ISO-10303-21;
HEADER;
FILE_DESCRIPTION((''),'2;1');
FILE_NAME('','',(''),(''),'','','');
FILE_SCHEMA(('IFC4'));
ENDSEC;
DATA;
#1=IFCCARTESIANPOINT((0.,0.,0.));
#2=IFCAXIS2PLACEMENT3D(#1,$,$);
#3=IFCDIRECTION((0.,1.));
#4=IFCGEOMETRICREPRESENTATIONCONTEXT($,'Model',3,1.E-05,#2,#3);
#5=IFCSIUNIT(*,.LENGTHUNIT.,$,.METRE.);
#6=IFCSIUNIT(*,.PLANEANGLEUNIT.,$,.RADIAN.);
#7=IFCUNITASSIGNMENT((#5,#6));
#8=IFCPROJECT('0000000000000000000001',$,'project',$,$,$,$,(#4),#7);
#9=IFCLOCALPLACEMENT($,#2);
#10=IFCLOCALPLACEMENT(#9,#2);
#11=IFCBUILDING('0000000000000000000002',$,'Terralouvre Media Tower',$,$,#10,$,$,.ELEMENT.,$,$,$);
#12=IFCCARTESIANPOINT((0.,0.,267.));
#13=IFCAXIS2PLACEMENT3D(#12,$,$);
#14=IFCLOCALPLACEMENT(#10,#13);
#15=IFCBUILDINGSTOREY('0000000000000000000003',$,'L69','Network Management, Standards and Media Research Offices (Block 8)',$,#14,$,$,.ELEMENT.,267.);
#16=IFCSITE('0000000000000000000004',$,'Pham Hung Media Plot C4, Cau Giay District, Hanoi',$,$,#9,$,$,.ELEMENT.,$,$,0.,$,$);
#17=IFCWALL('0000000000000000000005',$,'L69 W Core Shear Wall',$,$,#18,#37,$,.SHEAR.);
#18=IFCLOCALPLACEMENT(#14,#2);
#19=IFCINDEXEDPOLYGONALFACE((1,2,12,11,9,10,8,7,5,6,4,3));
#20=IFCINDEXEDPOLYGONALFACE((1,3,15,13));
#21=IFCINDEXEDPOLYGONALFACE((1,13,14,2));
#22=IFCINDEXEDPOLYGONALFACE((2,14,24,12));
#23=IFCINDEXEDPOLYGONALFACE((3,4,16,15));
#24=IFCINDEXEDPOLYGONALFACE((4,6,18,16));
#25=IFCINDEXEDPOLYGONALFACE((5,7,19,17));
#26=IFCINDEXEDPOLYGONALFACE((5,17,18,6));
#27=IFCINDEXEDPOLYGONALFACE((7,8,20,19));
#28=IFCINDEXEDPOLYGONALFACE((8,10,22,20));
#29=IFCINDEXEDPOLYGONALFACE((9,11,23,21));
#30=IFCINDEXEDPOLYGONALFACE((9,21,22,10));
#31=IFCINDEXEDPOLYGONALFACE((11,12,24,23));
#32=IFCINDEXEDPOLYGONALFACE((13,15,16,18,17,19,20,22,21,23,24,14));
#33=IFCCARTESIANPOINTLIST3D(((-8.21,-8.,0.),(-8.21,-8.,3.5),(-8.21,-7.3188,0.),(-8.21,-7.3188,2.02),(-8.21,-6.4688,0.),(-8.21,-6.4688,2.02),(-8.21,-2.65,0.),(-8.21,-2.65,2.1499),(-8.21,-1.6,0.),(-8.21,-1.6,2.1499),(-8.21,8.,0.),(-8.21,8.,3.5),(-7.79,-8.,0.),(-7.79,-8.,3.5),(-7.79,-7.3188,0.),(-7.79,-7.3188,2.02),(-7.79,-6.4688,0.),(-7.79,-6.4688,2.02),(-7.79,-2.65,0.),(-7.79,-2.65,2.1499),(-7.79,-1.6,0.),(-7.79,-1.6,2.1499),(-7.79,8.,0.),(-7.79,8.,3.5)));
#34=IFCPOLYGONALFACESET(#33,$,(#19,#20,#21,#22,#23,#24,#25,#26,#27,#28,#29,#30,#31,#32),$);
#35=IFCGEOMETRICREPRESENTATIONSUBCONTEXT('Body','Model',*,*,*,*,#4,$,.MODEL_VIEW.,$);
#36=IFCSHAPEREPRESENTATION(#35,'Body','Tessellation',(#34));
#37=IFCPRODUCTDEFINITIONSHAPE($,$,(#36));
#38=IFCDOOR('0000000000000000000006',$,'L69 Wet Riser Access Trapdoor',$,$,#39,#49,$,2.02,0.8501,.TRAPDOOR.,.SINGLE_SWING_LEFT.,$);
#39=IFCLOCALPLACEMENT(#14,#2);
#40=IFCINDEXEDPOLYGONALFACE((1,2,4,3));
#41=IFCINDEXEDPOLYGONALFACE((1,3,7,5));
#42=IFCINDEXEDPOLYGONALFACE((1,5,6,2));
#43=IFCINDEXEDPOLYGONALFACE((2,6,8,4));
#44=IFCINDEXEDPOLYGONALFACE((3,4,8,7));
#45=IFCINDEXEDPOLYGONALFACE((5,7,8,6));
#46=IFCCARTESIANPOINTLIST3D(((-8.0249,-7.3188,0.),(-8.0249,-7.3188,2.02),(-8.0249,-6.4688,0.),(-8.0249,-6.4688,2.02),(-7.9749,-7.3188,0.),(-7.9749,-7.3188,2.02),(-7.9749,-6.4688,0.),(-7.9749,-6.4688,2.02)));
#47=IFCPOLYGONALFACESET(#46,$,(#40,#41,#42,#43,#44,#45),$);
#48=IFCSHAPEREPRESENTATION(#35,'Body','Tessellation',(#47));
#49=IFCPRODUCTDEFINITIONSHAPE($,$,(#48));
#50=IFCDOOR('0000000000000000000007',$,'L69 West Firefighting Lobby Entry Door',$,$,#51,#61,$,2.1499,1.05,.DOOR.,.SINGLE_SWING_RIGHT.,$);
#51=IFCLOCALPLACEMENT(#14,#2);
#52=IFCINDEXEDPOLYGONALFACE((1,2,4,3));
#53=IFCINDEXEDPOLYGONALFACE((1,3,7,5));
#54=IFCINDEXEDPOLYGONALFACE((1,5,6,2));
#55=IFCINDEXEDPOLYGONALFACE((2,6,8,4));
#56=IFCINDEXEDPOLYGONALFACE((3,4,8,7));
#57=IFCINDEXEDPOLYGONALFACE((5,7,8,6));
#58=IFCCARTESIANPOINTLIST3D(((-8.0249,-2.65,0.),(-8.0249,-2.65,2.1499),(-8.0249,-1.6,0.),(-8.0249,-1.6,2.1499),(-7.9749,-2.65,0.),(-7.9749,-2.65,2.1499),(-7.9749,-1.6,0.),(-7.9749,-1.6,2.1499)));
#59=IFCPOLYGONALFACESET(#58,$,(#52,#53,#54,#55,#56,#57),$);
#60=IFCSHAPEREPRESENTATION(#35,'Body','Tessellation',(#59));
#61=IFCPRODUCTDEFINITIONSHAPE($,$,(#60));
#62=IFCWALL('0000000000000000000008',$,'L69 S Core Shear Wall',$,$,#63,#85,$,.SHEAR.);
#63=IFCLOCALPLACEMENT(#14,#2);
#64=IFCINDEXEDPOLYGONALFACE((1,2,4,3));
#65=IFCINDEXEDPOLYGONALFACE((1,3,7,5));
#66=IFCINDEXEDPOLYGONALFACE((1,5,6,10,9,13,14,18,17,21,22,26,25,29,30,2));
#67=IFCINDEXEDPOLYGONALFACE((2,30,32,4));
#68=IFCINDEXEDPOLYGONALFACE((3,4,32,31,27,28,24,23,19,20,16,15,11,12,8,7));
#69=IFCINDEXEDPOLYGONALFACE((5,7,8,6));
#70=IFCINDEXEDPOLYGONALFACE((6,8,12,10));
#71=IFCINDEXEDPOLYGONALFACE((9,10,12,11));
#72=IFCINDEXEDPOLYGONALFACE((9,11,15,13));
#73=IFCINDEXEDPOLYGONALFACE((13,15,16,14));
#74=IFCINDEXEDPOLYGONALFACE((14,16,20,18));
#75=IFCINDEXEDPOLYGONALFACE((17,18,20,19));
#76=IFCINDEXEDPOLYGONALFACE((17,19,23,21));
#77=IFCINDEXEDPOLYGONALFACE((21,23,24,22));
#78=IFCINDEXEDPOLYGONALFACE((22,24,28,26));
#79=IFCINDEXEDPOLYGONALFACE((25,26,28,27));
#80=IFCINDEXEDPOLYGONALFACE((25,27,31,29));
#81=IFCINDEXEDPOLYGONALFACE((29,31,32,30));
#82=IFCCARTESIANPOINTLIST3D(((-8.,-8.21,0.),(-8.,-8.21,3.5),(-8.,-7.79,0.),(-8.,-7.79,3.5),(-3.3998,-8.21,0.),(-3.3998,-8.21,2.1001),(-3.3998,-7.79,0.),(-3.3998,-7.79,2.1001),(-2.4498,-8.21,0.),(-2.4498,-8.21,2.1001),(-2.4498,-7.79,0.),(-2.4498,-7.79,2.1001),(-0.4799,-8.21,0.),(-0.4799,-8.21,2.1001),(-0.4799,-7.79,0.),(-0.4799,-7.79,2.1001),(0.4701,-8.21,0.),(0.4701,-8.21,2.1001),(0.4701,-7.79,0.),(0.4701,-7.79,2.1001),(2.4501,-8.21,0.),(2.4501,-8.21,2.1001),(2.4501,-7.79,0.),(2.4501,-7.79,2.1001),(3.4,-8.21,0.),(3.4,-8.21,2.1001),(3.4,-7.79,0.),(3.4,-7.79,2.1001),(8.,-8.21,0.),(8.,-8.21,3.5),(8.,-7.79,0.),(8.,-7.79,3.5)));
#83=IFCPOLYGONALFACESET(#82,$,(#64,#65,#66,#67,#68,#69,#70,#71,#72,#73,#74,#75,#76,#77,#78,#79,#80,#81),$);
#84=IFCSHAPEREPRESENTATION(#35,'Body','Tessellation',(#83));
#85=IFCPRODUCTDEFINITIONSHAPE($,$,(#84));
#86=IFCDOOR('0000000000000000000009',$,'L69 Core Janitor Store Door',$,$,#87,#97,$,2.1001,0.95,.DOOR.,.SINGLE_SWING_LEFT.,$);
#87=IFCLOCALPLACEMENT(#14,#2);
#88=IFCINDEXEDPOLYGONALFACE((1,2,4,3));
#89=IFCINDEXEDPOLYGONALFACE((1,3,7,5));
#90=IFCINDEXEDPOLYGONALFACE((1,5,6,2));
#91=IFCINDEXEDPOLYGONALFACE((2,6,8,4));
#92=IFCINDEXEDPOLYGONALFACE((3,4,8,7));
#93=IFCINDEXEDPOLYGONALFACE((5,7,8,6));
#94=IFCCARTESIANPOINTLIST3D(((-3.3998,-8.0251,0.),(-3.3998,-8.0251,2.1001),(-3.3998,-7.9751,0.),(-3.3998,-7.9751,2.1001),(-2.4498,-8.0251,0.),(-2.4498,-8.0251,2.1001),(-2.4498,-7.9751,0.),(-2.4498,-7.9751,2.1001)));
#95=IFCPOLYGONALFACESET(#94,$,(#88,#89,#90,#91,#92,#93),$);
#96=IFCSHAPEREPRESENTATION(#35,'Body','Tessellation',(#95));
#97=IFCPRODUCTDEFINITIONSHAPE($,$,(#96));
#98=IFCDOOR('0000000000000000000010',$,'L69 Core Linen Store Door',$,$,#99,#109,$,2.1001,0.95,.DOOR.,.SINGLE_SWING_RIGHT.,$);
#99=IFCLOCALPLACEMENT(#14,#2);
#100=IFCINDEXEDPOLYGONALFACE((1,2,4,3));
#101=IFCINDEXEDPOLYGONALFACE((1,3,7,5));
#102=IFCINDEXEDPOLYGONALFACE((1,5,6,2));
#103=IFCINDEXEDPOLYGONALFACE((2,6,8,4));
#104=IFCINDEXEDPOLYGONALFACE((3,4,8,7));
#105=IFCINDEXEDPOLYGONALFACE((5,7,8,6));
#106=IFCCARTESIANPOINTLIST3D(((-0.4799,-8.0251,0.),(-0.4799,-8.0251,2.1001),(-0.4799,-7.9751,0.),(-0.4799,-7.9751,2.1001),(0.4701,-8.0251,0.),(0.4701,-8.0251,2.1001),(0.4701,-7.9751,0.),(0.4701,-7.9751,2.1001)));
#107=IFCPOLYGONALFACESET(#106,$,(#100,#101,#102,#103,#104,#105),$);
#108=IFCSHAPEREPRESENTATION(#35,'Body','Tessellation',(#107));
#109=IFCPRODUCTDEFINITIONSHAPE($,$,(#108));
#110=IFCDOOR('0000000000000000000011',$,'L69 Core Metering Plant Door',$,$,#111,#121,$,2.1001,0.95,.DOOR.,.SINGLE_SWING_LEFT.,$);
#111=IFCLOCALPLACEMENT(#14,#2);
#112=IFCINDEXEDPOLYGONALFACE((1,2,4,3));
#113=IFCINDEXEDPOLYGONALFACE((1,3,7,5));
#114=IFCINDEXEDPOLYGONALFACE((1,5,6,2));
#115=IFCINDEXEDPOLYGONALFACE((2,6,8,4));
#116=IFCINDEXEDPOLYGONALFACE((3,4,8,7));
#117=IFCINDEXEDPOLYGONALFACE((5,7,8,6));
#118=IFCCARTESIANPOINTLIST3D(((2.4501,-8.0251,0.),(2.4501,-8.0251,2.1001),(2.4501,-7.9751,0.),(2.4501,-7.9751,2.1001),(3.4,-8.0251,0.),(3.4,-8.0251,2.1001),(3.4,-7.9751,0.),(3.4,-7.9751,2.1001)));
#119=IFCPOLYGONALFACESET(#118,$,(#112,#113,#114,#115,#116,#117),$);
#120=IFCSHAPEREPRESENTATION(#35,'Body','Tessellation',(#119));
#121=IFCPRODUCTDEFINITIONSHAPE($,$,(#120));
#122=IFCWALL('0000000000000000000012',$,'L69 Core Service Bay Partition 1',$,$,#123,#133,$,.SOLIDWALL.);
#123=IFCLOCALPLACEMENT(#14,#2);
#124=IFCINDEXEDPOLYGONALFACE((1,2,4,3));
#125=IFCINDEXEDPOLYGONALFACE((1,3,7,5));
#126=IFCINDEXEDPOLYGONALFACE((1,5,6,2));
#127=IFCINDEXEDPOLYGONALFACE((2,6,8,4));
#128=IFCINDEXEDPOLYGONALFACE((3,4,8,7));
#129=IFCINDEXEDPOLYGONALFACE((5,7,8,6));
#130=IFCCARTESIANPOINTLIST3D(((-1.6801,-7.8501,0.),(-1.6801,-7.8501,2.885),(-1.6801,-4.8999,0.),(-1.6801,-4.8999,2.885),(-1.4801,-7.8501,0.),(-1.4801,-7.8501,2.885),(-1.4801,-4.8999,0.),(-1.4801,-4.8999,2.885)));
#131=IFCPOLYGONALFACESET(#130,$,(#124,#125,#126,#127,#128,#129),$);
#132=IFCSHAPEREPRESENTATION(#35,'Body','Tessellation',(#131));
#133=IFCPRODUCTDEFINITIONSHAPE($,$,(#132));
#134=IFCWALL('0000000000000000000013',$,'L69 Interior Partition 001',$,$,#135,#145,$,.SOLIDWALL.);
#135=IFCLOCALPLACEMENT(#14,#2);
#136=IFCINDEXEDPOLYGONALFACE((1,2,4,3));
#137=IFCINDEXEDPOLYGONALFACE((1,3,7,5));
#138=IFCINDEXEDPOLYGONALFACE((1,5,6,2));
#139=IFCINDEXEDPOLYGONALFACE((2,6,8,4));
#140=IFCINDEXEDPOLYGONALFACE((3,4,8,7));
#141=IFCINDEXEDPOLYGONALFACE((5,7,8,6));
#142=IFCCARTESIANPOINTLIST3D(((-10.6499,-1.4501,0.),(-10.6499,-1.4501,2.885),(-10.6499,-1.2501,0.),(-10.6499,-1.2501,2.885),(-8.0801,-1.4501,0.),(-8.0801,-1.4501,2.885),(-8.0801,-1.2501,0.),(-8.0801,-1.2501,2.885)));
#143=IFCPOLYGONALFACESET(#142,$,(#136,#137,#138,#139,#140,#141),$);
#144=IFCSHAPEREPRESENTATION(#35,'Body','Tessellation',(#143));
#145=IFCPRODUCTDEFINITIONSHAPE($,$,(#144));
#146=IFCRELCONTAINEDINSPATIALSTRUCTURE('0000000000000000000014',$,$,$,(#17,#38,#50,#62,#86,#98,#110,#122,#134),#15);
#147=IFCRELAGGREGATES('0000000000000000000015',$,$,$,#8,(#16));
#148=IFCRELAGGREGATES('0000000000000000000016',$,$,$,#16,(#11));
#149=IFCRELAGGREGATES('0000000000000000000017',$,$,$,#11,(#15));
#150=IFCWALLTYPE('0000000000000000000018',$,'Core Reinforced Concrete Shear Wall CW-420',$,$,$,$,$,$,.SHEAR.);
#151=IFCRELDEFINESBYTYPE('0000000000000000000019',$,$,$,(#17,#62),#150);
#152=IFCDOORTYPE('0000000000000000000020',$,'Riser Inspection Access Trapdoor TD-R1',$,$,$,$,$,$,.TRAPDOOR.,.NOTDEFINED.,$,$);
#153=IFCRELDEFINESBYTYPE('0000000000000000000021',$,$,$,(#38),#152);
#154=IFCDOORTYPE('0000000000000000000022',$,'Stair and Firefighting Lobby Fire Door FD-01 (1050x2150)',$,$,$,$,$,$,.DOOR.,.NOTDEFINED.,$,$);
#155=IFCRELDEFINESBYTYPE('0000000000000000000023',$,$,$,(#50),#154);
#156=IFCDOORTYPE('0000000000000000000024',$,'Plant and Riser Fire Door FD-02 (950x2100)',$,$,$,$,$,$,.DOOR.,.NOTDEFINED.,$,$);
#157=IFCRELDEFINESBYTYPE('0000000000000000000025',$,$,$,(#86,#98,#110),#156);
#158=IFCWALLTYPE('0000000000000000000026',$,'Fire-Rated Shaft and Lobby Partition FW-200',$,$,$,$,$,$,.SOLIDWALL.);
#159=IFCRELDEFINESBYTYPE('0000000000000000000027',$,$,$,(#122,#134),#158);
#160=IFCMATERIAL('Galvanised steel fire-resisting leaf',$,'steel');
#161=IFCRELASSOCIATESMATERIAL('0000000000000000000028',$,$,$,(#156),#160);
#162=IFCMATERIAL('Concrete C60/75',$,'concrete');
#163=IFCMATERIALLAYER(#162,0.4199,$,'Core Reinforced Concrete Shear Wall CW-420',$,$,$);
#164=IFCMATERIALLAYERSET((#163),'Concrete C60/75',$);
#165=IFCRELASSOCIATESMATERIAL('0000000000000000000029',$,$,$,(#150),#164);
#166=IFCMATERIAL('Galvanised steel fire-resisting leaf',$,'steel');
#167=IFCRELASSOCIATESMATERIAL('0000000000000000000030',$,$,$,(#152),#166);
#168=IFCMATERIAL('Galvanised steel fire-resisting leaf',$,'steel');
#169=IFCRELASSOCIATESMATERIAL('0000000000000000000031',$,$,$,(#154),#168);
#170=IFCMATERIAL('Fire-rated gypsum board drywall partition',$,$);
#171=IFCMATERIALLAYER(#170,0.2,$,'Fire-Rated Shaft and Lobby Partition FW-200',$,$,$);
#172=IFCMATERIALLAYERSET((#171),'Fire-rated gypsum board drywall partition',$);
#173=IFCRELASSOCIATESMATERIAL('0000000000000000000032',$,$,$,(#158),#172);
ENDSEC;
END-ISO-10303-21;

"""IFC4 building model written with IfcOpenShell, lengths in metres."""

from ifc_helpers import new_model, si_unit, direction, frame, frame_2d, origin, place, context, subcontext, project, spatial, rectangle, extrude, material, layer, layer_set, type_object, element, fill, save


model = new_model("IFC4")

# Units and contexts
model_context = context("Model", 3, precision=1e-05, world=origin(), true_north=direction((0.0, 1.0)))
body_context = subcontext(model_context, "Body", "Model", "MODEL_VIEW")
ifc_project = project(units=[si_unit("LENGTHUNIT", "METRE"), si_unit("PLANEANGLEUNIT", "RADIAN")], contexts=[model_context])

# Site, building, storey
site_placement = place(None, origin())
site = spatial("IfcSite", under=ifc_project, at=site_placement, Name="Pham Hung Media Plot C4, Cau Giay District, Hanoi", CompositionType="ELEMENT", RefElevation=0.0)
building_placement = place(site_placement, origin())
building = spatial("IfcBuilding", under=site, at=building_placement, Name="Terralouvre Media Tower", CompositionType="ELEMENT")
storey_placement = place(building_placement, frame((0.0, 0.0, 267.0)))
storey = spatial("IfcBuildingStorey", under=building, at=storey_placement, Name="L69", Description="Network Management, Standards and Media Research Offices (Block 8)", CompositionType="ELEMENT", Elevation=267.0)

# Walls, openings, doors
ifc_material_1 = material(Name="Galvanised steel fire-resisting leaf", Category="steel")
door_type_1 = type_object("IfcDoorType", Name="Plant and Riser Fire Door FD-02 (950x2100)", OperationType="NOTDEFINED", PredefinedType="DOOR", material=ifc_material_1)
ifc_material_2 = material(Name="Concrete C60/75", Category="concrete")
ifc_layer_1 = layer(ifc_material_2, 0.4199, Name="Core Reinforced Concrete Shear Wall CW-420")
ifc_layer_set_1 = layer_set([ifc_layer_1], Name="Concrete C60/75")
wall_type_1 = type_object("IfcWallType", Name="Core Reinforced Concrete Shear Wall CW-420", PredefinedType="SHEAR", material=ifc_layer_set_1)
wall_1_placement = place(storey_placement, frame((-8.0, -8.0, 0.0), z_axis=(0.0, 0.0, 1.0), x_axis=(0.0, 1.0, 0.0)))
wall_1 = element("IfcWall", 1, at=wall_1_placement, inside=storey, type_object=wall_type_1, Name="L69 W Core Shear Wall", PredefinedType="SHEAR", context=body_context, shape_type="SweptSolid", body=[
    extrude(rectangle(XDim=16.0, YDim=0.4199, at=frame_2d((8.0, 0.0))), origin(), (0.0, 0.0, 1.0), 3.5),
])
opening_1_placement = place(wall_1_placement, frame((0.6812, 0.0, 0.0)))
opening_1 = element("IfcOpeningElement", 2, at=opening_1_placement, cuts=wall_1, PredefinedType="OPENING", context=body_context, shape_type="SweptSolid", body=[
    extrude(rectangle(XDim=0.8501, YDim=2.02, at=frame_2d((0.425, 1.01))), frame((0.0, 0.22, 0.0), z_axis=(0.0, -1.0, 0.0), x_axis=(1.0, 0.0, 0.0)), (0.0, 0.0, 1.0), 0.4399),
])
opening_2_placement = place(wall_1_placement, frame((5.3501, 0.0, 0.0)))
opening_2 = element("IfcOpeningElement", 3, at=opening_2_placement, cuts=wall_1, PredefinedType="OPENING", context=body_context, shape_type="SweptSolid", body=[
    extrude(rectangle(XDim=1.05, YDim=2.1499, at=frame_2d((0.5249, 1.075))), frame((0.0, 0.22, 0.0), z_axis=(0.0, -1.0, 0.0), x_axis=(1.0, 0.0, 0.0)), (0.0, 0.0, 1.0), 0.4399),
])
ifc_material_3 = material(Name="Galvanised steel fire-resisting leaf", Category="steel")
door_type_2 = type_object("IfcDoorType", Name="Riser Inspection Access Trapdoor TD-R1", OperationType="NOTDEFINED", PredefinedType="TRAPDOOR", material=ifc_material_3)
door_1_placement = place(opening_1_placement, origin())
door_1 = element("IfcDoor", 4, at=door_1_placement, inside=storey, type_object=door_type_2, Name="L69 Wet Riser Access Trapdoor", OperationType="SINGLE_SWING_LEFT", OverallHeight=2.02, OverallWidth=0.8501, PredefinedType="TRAPDOOR", context=body_context, shape_type="SweptSolid", body=[
    extrude(rectangle(XDim=0.8501, YDim=2.02, at=frame_2d((0.425, 1.01))), frame((0.0, 0.0249, 0.0), z_axis=(0.0, -1.0, 0.0), x_axis=(1.0, 0.0, 0.0)), (0.0, 0.0, 1.0), 0.05),
])
fill(opening_1, door_1)
ifc_material_4 = material(Name="Galvanised steel fire-resisting leaf", Category="steel")
door_type_3 = type_object("IfcDoorType", Name="Stair and Firefighting Lobby Fire Door FD-01 (1050x2150)", OperationType="NOTDEFINED", PredefinedType="DOOR", material=ifc_material_4)
door_2_placement = place(opening_2_placement, origin())
door_2 = element("IfcDoor", 5, at=door_2_placement, inside=storey, type_object=door_type_3, Name="L69 West Firefighting Lobby Entry Door", OperationType="SINGLE_SWING_RIGHT", OverallHeight=2.1499, OverallWidth=1.05, PredefinedType="DOOR", context=body_context, shape_type="SweptSolid", body=[
    extrude(rectangle(XDim=1.05, YDim=2.1499, at=frame_2d((0.5249, 1.075))), frame((0.0, 0.0249, 0.0), z_axis=(0.0, -1.0, 0.0), x_axis=(1.0, 0.0, 0.0)), (0.0, 0.0, 1.0), 0.05),
])
fill(opening_2, door_2)
wall_2_placement = place(storey_placement, frame((-8.0, -8.0, 0.0), z_axis=(0.0, 0.0, 1.0), x_axis=(1.0, 0.0, 0.0)))
wall_2 = element("IfcWall", 6, at=wall_2_placement, inside=storey, type_object=wall_type_1, Name="L69 S Core Shear Wall", PredefinedType="SHEAR", context=body_context, shape_type="SweptSolid", body=[
    extrude(rectangle(XDim=16.0, YDim=0.4199, at=frame_2d((8.0, 0.0))), origin(), (0.0, 0.0, 1.0), 3.5),
])
opening_3_placement = place(wall_2_placement, frame((4.6001, 0.0, 0.0)))
opening_3 = element("IfcOpeningElement", 7, at=opening_3_placement, cuts=wall_2, PredefinedType="OPENING", context=body_context, shape_type="SweptSolid", body=[
    extrude(rectangle(XDim=0.95, YDim=2.1001, at=frame_2d((0.4751, 1.05))), frame((0.0, 0.22, 0.0), z_axis=(0.0, -1.0, 0.0), x_axis=(1.0, 0.0, 0.0)), (0.0, 0.0, 1.0), 0.4399),
])
opening_4_placement = place(wall_2_placement, frame((7.52, 0.0, 0.0)))
opening_4 = element("IfcOpeningElement", 8, at=opening_4_placement, cuts=wall_2, PredefinedType="OPENING", context=body_context, shape_type="SweptSolid", body=[
    extrude(rectangle(XDim=0.95, YDim=2.1001, at=frame_2d((0.4751, 1.05))), frame((0.0, 0.22, 0.0), z_axis=(0.0, -1.0, 0.0), x_axis=(1.0, 0.0, 0.0)), (0.0, 0.0, 1.0), 0.4399),
])
opening_5_placement = place(wall_2_placement, frame((10.45, 0.0, 0.0)))
opening_5 = element("IfcOpeningElement", 9, at=opening_5_placement, cuts=wall_2, PredefinedType="OPENING", context=body_context, shape_type="SweptSolid", body=[
    extrude(rectangle(XDim=0.95, YDim=2.1001, at=frame_2d((0.4751, 1.05))), frame((0.0, 0.22, 0.0), z_axis=(0.0, -1.0, 0.0), x_axis=(1.0, 0.0, 0.0)), (0.0, 0.0, 1.0), 0.4399),
])
door_3_placement = place(opening_3_placement, origin())
door_3 = element("IfcDoor", 10, at=door_3_placement, inside=storey, type_object=door_type_1, Name="L69 Core Janitor Store Door", OperationType="SINGLE_SWING_LEFT", OverallHeight=2.1001, OverallWidth=0.95, PredefinedType="DOOR", context=body_context, shape_type="SweptSolid", body=[
    extrude(rectangle(XDim=0.95, YDim=2.1001, at=frame_2d((0.4751, 1.05))), frame((0.0, 0.0249, 0.0), z_axis=(0.0, -1.0, 0.0), x_axis=(1.0, 0.0, 0.0)), (0.0, 0.0, 1.0), 0.05),
])
fill(opening_3, door_3)
door_4_placement = place(opening_4_placement, origin())
door_4 = element("IfcDoor", 11, at=door_4_placement, inside=storey, type_object=door_type_1, Name="L69 Core Linen Store Door", OperationType="SINGLE_SWING_RIGHT", OverallHeight=2.1001, OverallWidth=0.95, PredefinedType="DOOR", context=body_context, shape_type="SweptSolid", body=[
    extrude(rectangle(XDim=0.95, YDim=2.1001, at=frame_2d((0.4751, 1.05))), frame((0.0, 0.0249, 0.0), z_axis=(0.0, -1.0, 0.0), x_axis=(1.0, 0.0, 0.0)), (0.0, 0.0, 1.0), 0.05),
])
fill(opening_4, door_4)
door_5_placement = place(opening_5_placement, origin())
door_5 = element("IfcDoor", 12, at=door_5_placement, inside=storey, type_object=door_type_1, Name="L69 Core Metering Plant Door", OperationType="SINGLE_SWING_LEFT", OverallHeight=2.1001, OverallWidth=0.95, PredefinedType="DOOR", context=body_context, shape_type="SweptSolid", body=[
    extrude(rectangle(XDim=0.95, YDim=2.1001, at=frame_2d((0.4751, 1.05))), frame((0.0, 0.0249, 0.0), z_axis=(0.0, -1.0, 0.0), x_axis=(1.0, 0.0, 0.0)), (0.0, 0.0, 1.0), 0.05),
])
fill(opening_5, door_5)

# Walls
ifc_material_5 = material(Name="Fire-rated gypsum board drywall partition")
ifc_layer_2 = layer(ifc_material_5, 0.2, Name="Fire-Rated Shaft and Lobby Partition FW-200")
ifc_layer_set_2 = layer_set([ifc_layer_2], Name="Fire-rated gypsum board drywall partition")
wall_type_2 = type_object("IfcWallType", Name="Fire-Rated Shaft and Lobby Partition FW-200", PredefinedType="SOLIDWALL", material=ifc_layer_set_2)
wall_3_placement = place(storey_placement, frame((-1.5801, -7.8501, 0.0), z_axis=(0.0, 0.0, 1.0), x_axis=(0.0, 1.0, 0.0)))
element("IfcWall", 13, at=wall_3_placement, inside=storey, type_object=wall_type_2, Name="L69 Core Service Bay Partition 1", PredefinedType="SOLIDWALL", context=body_context, shape_type="SweptSolid", body=[
    extrude(rectangle(XDim=2.9502, YDim=0.2, at=frame_2d((1.4751, 0.0))), origin(), (0.0, 0.0, 1.0), 2.885),
])
wall_4_placement = place(storey_placement, frame((-8.0801, -1.3501, 0.0), z_axis=(0.0, 0.0, 1.0), x_axis=(-1.0, 0.0, 0.0)))
element("IfcWall", 14, at=wall_4_placement, inside=storey, type_object=wall_type_2, Name="L69 Interior Partition 001", PredefinedType="SOLIDWALL", context=body_context, shape_type="SweptSolid", body=[
    extrude(rectangle(XDim=2.5698, YDim=0.2, at=frame_2d((1.2849, 0.0))), origin(), (0.0, 0.0, 1.0), 2.885),
])

save(model, "model.ifc")
